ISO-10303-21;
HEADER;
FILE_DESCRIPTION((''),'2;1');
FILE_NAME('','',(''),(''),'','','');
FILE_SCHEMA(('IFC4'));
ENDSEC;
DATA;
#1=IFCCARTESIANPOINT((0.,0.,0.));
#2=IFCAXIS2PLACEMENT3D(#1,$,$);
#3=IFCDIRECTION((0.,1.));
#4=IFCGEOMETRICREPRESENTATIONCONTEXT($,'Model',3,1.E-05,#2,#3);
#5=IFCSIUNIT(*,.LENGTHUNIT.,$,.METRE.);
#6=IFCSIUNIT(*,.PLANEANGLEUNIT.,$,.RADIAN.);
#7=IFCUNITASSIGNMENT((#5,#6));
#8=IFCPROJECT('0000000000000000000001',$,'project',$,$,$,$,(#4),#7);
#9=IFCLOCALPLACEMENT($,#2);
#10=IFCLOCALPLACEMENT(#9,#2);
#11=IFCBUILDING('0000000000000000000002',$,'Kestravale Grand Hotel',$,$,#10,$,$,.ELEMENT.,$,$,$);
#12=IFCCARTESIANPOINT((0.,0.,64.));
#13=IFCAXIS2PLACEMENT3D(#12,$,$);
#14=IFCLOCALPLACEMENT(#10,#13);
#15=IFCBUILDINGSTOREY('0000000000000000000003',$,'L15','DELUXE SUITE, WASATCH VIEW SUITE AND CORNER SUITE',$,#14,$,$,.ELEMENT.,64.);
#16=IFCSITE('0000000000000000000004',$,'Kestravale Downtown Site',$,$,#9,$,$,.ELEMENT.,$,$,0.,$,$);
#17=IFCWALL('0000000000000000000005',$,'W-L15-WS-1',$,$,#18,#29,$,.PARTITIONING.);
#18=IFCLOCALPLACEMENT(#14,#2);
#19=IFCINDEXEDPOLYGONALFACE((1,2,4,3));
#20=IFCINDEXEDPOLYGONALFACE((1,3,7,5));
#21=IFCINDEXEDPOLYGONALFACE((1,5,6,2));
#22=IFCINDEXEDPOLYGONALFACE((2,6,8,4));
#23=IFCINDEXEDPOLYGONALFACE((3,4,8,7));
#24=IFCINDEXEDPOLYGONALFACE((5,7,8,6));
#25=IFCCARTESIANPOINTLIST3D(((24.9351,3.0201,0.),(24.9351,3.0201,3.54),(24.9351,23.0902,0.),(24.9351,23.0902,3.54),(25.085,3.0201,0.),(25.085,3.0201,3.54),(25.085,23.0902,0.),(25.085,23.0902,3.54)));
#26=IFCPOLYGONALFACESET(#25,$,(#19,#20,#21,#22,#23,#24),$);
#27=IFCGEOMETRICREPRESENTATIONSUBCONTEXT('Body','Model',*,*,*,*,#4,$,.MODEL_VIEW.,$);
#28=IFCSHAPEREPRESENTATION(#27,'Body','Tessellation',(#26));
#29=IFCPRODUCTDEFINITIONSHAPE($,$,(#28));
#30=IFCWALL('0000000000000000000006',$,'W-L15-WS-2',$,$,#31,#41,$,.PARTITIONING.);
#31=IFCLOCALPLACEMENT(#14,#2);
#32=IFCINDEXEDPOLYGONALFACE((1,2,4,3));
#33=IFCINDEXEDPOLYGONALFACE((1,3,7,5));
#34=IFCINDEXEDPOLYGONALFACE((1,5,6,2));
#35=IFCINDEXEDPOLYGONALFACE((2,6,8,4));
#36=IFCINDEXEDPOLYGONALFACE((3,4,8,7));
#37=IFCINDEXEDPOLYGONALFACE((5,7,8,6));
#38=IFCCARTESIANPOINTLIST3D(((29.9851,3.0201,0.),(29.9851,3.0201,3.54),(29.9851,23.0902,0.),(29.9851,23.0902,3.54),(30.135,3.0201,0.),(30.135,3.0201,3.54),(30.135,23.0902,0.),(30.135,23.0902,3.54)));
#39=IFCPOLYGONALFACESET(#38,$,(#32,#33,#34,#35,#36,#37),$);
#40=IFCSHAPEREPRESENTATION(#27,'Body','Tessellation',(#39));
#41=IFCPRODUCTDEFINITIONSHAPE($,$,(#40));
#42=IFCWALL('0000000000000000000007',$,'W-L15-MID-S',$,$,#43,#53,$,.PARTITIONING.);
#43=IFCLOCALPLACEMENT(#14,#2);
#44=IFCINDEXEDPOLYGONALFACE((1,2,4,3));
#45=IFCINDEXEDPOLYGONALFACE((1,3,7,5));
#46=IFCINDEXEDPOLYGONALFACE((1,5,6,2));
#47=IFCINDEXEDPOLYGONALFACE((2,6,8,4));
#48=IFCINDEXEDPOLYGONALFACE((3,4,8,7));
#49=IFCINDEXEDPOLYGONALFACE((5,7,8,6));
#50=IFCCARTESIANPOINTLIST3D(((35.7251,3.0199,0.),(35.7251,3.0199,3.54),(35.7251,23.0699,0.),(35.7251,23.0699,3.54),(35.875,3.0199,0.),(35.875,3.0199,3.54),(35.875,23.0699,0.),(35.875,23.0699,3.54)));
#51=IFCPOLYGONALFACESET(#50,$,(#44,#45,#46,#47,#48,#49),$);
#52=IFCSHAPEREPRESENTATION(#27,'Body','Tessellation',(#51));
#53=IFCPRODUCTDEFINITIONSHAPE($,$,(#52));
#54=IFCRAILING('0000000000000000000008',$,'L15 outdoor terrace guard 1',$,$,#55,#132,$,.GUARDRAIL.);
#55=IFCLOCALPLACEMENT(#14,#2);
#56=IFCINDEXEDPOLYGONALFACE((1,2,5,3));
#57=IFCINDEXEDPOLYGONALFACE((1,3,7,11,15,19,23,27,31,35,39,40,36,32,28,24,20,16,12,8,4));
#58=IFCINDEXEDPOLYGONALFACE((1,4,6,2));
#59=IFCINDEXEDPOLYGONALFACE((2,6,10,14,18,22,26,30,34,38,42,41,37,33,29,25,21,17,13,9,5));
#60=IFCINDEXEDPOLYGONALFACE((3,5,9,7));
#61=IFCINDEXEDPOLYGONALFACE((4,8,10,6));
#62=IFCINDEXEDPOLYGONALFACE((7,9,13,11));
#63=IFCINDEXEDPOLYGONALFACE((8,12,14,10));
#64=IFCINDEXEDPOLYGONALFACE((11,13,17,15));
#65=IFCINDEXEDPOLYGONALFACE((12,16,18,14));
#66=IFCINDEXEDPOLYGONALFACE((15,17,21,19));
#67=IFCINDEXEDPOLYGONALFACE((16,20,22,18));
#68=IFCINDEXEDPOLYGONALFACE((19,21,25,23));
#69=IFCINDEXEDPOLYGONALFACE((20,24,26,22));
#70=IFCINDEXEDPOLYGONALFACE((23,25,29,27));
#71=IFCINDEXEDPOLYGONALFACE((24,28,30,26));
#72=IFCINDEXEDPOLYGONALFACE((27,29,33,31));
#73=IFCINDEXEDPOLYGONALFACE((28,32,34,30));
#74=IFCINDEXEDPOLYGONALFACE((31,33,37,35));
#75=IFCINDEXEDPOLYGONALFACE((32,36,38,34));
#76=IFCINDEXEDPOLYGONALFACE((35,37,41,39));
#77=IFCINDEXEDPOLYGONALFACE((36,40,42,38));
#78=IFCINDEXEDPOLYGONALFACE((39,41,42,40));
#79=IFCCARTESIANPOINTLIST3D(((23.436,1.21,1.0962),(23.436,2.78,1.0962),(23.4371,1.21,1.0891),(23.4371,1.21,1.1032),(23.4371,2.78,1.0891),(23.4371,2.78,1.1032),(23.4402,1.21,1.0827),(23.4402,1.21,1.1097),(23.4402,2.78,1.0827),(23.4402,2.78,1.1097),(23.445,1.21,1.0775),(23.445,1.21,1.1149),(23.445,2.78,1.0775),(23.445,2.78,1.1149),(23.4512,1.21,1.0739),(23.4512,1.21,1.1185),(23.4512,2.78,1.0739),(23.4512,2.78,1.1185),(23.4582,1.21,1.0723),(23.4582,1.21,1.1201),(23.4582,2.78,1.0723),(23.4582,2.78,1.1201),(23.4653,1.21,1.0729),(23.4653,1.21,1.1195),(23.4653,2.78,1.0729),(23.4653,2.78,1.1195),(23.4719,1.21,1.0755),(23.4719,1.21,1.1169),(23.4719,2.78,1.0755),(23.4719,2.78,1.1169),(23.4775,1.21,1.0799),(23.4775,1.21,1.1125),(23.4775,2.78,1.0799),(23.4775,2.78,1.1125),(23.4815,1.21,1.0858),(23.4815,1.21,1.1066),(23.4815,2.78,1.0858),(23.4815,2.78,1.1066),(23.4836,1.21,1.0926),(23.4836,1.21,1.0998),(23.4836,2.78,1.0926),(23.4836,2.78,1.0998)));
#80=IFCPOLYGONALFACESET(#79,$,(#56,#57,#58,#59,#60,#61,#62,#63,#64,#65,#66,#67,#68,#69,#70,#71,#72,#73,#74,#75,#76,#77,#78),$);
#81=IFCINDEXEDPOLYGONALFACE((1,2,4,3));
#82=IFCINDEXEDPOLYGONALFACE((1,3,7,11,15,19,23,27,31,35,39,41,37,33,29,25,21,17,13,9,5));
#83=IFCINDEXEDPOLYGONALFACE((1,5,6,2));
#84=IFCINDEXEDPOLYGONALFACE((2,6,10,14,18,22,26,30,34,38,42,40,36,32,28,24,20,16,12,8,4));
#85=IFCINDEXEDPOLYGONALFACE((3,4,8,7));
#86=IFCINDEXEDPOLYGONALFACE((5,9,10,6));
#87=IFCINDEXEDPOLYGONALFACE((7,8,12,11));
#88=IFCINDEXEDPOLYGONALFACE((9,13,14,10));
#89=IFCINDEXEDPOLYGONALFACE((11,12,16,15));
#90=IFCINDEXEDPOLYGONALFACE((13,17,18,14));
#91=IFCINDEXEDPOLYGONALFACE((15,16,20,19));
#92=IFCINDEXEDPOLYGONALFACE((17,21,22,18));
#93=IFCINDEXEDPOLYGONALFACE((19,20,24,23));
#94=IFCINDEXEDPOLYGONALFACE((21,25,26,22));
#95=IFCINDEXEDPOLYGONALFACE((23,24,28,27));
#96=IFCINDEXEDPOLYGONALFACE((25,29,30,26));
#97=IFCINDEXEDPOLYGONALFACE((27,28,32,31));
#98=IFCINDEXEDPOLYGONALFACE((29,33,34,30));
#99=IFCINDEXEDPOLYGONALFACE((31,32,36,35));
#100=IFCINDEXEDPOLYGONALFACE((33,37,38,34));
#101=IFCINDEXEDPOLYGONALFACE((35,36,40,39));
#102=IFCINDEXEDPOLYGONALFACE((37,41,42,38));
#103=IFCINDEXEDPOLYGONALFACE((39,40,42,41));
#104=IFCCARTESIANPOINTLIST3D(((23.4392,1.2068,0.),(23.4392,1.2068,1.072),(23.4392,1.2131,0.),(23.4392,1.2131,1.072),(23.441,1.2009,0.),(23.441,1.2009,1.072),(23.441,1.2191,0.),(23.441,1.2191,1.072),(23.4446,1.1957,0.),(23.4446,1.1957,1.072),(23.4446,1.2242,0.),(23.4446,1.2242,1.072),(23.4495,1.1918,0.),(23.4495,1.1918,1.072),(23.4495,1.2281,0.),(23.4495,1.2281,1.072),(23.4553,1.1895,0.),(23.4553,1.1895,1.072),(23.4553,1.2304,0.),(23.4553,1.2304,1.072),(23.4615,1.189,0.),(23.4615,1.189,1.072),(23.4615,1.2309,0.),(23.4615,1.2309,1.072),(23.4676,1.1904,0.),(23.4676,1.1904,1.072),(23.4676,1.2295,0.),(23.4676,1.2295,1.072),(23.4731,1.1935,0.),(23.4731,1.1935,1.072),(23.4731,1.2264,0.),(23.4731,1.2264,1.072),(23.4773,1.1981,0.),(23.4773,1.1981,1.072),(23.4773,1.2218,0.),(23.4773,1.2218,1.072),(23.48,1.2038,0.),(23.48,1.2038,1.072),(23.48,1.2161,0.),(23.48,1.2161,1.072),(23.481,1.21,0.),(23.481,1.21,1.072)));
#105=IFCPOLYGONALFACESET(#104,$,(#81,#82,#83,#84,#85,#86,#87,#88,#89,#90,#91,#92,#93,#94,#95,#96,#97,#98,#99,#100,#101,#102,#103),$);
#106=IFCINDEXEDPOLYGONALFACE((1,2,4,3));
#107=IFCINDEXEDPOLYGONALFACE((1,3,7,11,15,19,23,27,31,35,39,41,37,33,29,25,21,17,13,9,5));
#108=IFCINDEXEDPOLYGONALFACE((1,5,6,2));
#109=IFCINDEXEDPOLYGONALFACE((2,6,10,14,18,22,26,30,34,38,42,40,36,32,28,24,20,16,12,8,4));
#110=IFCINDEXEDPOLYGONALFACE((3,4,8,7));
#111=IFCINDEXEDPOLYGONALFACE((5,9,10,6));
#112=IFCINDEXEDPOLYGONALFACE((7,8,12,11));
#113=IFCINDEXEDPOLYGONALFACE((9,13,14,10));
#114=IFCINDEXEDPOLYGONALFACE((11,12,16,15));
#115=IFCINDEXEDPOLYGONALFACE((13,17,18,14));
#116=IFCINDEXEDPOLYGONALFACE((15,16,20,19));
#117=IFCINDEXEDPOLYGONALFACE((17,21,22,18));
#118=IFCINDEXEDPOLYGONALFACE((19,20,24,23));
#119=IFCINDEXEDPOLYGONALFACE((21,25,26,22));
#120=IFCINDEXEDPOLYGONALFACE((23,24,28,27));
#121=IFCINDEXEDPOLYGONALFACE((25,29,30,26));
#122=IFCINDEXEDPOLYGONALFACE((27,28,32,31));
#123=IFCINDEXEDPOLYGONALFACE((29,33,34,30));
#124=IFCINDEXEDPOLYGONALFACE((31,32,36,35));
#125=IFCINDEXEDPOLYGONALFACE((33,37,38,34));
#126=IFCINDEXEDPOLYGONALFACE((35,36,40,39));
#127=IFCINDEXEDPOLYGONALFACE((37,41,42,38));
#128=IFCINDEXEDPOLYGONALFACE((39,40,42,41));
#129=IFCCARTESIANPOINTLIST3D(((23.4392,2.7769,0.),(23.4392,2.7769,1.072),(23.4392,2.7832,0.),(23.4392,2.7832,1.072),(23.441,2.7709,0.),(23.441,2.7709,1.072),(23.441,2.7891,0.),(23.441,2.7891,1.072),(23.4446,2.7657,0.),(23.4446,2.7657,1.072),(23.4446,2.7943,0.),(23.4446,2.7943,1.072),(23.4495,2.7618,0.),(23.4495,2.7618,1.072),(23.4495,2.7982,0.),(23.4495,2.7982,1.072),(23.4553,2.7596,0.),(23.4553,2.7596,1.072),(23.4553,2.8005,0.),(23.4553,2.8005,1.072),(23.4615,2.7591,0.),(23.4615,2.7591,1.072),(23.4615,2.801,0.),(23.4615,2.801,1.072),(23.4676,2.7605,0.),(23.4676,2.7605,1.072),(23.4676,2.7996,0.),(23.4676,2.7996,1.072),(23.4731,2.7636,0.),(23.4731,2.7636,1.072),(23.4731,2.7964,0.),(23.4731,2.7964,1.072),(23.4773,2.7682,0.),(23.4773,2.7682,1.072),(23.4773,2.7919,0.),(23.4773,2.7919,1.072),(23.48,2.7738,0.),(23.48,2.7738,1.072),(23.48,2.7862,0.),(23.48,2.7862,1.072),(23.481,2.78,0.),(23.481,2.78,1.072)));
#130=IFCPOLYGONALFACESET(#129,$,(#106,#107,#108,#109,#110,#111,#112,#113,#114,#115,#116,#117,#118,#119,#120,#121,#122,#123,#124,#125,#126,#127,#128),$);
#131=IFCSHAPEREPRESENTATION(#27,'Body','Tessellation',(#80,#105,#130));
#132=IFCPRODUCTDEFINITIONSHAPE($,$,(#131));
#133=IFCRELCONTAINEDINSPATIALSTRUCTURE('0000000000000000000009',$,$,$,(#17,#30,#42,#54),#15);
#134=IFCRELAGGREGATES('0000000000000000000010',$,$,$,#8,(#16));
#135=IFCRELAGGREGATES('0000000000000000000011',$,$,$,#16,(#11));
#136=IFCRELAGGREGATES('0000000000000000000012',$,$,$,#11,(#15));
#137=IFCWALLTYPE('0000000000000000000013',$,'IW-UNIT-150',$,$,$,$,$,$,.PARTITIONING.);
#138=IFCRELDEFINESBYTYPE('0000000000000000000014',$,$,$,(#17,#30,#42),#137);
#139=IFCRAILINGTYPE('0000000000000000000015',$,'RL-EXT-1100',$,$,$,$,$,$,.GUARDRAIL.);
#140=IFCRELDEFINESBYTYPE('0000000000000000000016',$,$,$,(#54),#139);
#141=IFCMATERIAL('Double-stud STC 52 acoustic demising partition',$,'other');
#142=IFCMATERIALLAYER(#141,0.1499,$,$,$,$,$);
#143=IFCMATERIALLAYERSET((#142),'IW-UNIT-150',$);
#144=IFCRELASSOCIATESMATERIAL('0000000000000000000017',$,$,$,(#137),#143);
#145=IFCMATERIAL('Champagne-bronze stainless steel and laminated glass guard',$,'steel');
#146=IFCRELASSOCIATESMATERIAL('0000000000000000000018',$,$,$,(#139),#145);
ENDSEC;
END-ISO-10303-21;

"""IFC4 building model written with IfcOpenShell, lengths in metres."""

from ifc_helpers import new_model, si_unit, direction, frame, frame_2d, origin, origin_2d, place, context, subcontext, project, spatial, rectangle, circle, extrude, material, layer, layer_set, type_object, element, save


model = new_model("IFC4")

# Units and contexts
model_context = context("Model", 3, precision=1e-05, world=origin(), true_north=direction((0.0, 1.0)))
body_context = subcontext(model_context, "Body", "Model", "MODEL_VIEW")
ifc_project = project(units=[si_unit("LENGTHUNIT", "METRE"), si_unit("PLANEANGLEUNIT", "RADIAN")], contexts=[model_context])

# Site, building, storey
site_placement = place(None, origin())
site = spatial("IfcSite", under=ifc_project, at=site_placement, Name="Kestravale Downtown Site", CompositionType="ELEMENT", RefElevation=0.0)
building_placement = place(site_placement, origin())
building = spatial("IfcBuilding", under=site, at=building_placement, Name="Kestravale Grand Hotel", CompositionType="ELEMENT")
storey_placement = place(building_placement, frame((0.0, 0.0, 64.0)))
storey = spatial("IfcBuildingStorey", under=building, at=storey_placement, Name="L15", Description="DELUXE SUITE, WASATCH VIEW SUITE AND CORNER SUITE", CompositionType="ELEMENT", Elevation=64.0)

# Walls
ifc_material_1 = material(Name="Double-stud STC 52 acoustic demising partition", Category="other")
ifc_layer = layer(ifc_material_1, 0.1499)
ifc_layer_set = layer_set([ifc_layer], Name="IW-UNIT-150")
wall_type = type_object("IfcWallType", Name="IW-UNIT-150", PredefinedType="PARTITIONING", material=ifc_layer_set)
for number, where, z_axis, x_axis, name in (
    (1, (25.01, 3.02, 0.0), (0.0, 0.0, 1.0), (0.0, 1.0, 0.0), "W-L15-WS-1"),
    (2, (30.0601, 3.02, 0.0), (0.0, 0.0, 1.0), (0.0, 1.0, 0.0), "W-L15-WS-2"),
):
    element("IfcWall", number, at=place(storey_placement, frame(where, z_axis=z_axis, x_axis=x_axis)), inside=storey, type_object=wall_type, Name=name, PredefinedType="PARTITIONING", context=body_context, shape_type="SweptSolid", body=[
        extrude(rectangle(XDim=20.0701, YDim=0.1499, at=frame_2d((10.0352, 0.0))), origin(), (0.0, 0.0, 1.0), 3.54),
    ])
wall_placement = place(storey_placement, frame((35.8, 3.02, 0.0), z_axis=(0.0, 0.0, 1.0), x_axis=(0.0, 1.0, 0.0)))
element("IfcWall", 3, at=wall_placement, inside=storey, type_object=wall_type, Name="W-L15-MID-S", PredefinedType="PARTITIONING", context=body_context, shape_type="SweptSolid", body=[
    extrude(rectangle(XDim=20.05, YDim=0.1499, at=frame_2d((10.0249, 0.0))), origin(), (0.0, 0.0, 1.0), 3.54),
])

# Railing
ifc_material_2 = material(Name="Champagne-bronze stainless steel and laminated glass guard", Category="steel")
railing_type = type_object("IfcRailingType", Name="RL-EXT-1100", PredefinedType="GUARDRAIL", material=ifc_material_2)
railing_1_placement = place(storey_placement, frame((23.46, 1.21, 0.0)))
element("IfcRailing", 4, at=railing_1_placement, inside=storey, type_object=railing_type, Name="L15 outdoor terrace guard 1", PredefinedType="GUARDRAIL", context=body_context, shape_type="SweptSolid", body=[
    extrude(circle(Radius=0.0239, at=origin_2d()), frame((0.0, 0.0, 1.0962), z_axis=(0.0, 1.0, 0.0), x_axis=(-1.0, 0.0, 0.0)), (0.0, 0.0, 1.0), 1.5701),
    extrude(circle(Radius=0.021, at=origin_2d()), origin(), (0.0, 0.0, 1.0), 1.072),
    extrude(circle(Radius=0.021, at=origin_2d()), frame((0.0, 1.5701, 0.0)), (0.0, 0.0, 1.0), 1.072),
])

save(model, "model.ifc")
